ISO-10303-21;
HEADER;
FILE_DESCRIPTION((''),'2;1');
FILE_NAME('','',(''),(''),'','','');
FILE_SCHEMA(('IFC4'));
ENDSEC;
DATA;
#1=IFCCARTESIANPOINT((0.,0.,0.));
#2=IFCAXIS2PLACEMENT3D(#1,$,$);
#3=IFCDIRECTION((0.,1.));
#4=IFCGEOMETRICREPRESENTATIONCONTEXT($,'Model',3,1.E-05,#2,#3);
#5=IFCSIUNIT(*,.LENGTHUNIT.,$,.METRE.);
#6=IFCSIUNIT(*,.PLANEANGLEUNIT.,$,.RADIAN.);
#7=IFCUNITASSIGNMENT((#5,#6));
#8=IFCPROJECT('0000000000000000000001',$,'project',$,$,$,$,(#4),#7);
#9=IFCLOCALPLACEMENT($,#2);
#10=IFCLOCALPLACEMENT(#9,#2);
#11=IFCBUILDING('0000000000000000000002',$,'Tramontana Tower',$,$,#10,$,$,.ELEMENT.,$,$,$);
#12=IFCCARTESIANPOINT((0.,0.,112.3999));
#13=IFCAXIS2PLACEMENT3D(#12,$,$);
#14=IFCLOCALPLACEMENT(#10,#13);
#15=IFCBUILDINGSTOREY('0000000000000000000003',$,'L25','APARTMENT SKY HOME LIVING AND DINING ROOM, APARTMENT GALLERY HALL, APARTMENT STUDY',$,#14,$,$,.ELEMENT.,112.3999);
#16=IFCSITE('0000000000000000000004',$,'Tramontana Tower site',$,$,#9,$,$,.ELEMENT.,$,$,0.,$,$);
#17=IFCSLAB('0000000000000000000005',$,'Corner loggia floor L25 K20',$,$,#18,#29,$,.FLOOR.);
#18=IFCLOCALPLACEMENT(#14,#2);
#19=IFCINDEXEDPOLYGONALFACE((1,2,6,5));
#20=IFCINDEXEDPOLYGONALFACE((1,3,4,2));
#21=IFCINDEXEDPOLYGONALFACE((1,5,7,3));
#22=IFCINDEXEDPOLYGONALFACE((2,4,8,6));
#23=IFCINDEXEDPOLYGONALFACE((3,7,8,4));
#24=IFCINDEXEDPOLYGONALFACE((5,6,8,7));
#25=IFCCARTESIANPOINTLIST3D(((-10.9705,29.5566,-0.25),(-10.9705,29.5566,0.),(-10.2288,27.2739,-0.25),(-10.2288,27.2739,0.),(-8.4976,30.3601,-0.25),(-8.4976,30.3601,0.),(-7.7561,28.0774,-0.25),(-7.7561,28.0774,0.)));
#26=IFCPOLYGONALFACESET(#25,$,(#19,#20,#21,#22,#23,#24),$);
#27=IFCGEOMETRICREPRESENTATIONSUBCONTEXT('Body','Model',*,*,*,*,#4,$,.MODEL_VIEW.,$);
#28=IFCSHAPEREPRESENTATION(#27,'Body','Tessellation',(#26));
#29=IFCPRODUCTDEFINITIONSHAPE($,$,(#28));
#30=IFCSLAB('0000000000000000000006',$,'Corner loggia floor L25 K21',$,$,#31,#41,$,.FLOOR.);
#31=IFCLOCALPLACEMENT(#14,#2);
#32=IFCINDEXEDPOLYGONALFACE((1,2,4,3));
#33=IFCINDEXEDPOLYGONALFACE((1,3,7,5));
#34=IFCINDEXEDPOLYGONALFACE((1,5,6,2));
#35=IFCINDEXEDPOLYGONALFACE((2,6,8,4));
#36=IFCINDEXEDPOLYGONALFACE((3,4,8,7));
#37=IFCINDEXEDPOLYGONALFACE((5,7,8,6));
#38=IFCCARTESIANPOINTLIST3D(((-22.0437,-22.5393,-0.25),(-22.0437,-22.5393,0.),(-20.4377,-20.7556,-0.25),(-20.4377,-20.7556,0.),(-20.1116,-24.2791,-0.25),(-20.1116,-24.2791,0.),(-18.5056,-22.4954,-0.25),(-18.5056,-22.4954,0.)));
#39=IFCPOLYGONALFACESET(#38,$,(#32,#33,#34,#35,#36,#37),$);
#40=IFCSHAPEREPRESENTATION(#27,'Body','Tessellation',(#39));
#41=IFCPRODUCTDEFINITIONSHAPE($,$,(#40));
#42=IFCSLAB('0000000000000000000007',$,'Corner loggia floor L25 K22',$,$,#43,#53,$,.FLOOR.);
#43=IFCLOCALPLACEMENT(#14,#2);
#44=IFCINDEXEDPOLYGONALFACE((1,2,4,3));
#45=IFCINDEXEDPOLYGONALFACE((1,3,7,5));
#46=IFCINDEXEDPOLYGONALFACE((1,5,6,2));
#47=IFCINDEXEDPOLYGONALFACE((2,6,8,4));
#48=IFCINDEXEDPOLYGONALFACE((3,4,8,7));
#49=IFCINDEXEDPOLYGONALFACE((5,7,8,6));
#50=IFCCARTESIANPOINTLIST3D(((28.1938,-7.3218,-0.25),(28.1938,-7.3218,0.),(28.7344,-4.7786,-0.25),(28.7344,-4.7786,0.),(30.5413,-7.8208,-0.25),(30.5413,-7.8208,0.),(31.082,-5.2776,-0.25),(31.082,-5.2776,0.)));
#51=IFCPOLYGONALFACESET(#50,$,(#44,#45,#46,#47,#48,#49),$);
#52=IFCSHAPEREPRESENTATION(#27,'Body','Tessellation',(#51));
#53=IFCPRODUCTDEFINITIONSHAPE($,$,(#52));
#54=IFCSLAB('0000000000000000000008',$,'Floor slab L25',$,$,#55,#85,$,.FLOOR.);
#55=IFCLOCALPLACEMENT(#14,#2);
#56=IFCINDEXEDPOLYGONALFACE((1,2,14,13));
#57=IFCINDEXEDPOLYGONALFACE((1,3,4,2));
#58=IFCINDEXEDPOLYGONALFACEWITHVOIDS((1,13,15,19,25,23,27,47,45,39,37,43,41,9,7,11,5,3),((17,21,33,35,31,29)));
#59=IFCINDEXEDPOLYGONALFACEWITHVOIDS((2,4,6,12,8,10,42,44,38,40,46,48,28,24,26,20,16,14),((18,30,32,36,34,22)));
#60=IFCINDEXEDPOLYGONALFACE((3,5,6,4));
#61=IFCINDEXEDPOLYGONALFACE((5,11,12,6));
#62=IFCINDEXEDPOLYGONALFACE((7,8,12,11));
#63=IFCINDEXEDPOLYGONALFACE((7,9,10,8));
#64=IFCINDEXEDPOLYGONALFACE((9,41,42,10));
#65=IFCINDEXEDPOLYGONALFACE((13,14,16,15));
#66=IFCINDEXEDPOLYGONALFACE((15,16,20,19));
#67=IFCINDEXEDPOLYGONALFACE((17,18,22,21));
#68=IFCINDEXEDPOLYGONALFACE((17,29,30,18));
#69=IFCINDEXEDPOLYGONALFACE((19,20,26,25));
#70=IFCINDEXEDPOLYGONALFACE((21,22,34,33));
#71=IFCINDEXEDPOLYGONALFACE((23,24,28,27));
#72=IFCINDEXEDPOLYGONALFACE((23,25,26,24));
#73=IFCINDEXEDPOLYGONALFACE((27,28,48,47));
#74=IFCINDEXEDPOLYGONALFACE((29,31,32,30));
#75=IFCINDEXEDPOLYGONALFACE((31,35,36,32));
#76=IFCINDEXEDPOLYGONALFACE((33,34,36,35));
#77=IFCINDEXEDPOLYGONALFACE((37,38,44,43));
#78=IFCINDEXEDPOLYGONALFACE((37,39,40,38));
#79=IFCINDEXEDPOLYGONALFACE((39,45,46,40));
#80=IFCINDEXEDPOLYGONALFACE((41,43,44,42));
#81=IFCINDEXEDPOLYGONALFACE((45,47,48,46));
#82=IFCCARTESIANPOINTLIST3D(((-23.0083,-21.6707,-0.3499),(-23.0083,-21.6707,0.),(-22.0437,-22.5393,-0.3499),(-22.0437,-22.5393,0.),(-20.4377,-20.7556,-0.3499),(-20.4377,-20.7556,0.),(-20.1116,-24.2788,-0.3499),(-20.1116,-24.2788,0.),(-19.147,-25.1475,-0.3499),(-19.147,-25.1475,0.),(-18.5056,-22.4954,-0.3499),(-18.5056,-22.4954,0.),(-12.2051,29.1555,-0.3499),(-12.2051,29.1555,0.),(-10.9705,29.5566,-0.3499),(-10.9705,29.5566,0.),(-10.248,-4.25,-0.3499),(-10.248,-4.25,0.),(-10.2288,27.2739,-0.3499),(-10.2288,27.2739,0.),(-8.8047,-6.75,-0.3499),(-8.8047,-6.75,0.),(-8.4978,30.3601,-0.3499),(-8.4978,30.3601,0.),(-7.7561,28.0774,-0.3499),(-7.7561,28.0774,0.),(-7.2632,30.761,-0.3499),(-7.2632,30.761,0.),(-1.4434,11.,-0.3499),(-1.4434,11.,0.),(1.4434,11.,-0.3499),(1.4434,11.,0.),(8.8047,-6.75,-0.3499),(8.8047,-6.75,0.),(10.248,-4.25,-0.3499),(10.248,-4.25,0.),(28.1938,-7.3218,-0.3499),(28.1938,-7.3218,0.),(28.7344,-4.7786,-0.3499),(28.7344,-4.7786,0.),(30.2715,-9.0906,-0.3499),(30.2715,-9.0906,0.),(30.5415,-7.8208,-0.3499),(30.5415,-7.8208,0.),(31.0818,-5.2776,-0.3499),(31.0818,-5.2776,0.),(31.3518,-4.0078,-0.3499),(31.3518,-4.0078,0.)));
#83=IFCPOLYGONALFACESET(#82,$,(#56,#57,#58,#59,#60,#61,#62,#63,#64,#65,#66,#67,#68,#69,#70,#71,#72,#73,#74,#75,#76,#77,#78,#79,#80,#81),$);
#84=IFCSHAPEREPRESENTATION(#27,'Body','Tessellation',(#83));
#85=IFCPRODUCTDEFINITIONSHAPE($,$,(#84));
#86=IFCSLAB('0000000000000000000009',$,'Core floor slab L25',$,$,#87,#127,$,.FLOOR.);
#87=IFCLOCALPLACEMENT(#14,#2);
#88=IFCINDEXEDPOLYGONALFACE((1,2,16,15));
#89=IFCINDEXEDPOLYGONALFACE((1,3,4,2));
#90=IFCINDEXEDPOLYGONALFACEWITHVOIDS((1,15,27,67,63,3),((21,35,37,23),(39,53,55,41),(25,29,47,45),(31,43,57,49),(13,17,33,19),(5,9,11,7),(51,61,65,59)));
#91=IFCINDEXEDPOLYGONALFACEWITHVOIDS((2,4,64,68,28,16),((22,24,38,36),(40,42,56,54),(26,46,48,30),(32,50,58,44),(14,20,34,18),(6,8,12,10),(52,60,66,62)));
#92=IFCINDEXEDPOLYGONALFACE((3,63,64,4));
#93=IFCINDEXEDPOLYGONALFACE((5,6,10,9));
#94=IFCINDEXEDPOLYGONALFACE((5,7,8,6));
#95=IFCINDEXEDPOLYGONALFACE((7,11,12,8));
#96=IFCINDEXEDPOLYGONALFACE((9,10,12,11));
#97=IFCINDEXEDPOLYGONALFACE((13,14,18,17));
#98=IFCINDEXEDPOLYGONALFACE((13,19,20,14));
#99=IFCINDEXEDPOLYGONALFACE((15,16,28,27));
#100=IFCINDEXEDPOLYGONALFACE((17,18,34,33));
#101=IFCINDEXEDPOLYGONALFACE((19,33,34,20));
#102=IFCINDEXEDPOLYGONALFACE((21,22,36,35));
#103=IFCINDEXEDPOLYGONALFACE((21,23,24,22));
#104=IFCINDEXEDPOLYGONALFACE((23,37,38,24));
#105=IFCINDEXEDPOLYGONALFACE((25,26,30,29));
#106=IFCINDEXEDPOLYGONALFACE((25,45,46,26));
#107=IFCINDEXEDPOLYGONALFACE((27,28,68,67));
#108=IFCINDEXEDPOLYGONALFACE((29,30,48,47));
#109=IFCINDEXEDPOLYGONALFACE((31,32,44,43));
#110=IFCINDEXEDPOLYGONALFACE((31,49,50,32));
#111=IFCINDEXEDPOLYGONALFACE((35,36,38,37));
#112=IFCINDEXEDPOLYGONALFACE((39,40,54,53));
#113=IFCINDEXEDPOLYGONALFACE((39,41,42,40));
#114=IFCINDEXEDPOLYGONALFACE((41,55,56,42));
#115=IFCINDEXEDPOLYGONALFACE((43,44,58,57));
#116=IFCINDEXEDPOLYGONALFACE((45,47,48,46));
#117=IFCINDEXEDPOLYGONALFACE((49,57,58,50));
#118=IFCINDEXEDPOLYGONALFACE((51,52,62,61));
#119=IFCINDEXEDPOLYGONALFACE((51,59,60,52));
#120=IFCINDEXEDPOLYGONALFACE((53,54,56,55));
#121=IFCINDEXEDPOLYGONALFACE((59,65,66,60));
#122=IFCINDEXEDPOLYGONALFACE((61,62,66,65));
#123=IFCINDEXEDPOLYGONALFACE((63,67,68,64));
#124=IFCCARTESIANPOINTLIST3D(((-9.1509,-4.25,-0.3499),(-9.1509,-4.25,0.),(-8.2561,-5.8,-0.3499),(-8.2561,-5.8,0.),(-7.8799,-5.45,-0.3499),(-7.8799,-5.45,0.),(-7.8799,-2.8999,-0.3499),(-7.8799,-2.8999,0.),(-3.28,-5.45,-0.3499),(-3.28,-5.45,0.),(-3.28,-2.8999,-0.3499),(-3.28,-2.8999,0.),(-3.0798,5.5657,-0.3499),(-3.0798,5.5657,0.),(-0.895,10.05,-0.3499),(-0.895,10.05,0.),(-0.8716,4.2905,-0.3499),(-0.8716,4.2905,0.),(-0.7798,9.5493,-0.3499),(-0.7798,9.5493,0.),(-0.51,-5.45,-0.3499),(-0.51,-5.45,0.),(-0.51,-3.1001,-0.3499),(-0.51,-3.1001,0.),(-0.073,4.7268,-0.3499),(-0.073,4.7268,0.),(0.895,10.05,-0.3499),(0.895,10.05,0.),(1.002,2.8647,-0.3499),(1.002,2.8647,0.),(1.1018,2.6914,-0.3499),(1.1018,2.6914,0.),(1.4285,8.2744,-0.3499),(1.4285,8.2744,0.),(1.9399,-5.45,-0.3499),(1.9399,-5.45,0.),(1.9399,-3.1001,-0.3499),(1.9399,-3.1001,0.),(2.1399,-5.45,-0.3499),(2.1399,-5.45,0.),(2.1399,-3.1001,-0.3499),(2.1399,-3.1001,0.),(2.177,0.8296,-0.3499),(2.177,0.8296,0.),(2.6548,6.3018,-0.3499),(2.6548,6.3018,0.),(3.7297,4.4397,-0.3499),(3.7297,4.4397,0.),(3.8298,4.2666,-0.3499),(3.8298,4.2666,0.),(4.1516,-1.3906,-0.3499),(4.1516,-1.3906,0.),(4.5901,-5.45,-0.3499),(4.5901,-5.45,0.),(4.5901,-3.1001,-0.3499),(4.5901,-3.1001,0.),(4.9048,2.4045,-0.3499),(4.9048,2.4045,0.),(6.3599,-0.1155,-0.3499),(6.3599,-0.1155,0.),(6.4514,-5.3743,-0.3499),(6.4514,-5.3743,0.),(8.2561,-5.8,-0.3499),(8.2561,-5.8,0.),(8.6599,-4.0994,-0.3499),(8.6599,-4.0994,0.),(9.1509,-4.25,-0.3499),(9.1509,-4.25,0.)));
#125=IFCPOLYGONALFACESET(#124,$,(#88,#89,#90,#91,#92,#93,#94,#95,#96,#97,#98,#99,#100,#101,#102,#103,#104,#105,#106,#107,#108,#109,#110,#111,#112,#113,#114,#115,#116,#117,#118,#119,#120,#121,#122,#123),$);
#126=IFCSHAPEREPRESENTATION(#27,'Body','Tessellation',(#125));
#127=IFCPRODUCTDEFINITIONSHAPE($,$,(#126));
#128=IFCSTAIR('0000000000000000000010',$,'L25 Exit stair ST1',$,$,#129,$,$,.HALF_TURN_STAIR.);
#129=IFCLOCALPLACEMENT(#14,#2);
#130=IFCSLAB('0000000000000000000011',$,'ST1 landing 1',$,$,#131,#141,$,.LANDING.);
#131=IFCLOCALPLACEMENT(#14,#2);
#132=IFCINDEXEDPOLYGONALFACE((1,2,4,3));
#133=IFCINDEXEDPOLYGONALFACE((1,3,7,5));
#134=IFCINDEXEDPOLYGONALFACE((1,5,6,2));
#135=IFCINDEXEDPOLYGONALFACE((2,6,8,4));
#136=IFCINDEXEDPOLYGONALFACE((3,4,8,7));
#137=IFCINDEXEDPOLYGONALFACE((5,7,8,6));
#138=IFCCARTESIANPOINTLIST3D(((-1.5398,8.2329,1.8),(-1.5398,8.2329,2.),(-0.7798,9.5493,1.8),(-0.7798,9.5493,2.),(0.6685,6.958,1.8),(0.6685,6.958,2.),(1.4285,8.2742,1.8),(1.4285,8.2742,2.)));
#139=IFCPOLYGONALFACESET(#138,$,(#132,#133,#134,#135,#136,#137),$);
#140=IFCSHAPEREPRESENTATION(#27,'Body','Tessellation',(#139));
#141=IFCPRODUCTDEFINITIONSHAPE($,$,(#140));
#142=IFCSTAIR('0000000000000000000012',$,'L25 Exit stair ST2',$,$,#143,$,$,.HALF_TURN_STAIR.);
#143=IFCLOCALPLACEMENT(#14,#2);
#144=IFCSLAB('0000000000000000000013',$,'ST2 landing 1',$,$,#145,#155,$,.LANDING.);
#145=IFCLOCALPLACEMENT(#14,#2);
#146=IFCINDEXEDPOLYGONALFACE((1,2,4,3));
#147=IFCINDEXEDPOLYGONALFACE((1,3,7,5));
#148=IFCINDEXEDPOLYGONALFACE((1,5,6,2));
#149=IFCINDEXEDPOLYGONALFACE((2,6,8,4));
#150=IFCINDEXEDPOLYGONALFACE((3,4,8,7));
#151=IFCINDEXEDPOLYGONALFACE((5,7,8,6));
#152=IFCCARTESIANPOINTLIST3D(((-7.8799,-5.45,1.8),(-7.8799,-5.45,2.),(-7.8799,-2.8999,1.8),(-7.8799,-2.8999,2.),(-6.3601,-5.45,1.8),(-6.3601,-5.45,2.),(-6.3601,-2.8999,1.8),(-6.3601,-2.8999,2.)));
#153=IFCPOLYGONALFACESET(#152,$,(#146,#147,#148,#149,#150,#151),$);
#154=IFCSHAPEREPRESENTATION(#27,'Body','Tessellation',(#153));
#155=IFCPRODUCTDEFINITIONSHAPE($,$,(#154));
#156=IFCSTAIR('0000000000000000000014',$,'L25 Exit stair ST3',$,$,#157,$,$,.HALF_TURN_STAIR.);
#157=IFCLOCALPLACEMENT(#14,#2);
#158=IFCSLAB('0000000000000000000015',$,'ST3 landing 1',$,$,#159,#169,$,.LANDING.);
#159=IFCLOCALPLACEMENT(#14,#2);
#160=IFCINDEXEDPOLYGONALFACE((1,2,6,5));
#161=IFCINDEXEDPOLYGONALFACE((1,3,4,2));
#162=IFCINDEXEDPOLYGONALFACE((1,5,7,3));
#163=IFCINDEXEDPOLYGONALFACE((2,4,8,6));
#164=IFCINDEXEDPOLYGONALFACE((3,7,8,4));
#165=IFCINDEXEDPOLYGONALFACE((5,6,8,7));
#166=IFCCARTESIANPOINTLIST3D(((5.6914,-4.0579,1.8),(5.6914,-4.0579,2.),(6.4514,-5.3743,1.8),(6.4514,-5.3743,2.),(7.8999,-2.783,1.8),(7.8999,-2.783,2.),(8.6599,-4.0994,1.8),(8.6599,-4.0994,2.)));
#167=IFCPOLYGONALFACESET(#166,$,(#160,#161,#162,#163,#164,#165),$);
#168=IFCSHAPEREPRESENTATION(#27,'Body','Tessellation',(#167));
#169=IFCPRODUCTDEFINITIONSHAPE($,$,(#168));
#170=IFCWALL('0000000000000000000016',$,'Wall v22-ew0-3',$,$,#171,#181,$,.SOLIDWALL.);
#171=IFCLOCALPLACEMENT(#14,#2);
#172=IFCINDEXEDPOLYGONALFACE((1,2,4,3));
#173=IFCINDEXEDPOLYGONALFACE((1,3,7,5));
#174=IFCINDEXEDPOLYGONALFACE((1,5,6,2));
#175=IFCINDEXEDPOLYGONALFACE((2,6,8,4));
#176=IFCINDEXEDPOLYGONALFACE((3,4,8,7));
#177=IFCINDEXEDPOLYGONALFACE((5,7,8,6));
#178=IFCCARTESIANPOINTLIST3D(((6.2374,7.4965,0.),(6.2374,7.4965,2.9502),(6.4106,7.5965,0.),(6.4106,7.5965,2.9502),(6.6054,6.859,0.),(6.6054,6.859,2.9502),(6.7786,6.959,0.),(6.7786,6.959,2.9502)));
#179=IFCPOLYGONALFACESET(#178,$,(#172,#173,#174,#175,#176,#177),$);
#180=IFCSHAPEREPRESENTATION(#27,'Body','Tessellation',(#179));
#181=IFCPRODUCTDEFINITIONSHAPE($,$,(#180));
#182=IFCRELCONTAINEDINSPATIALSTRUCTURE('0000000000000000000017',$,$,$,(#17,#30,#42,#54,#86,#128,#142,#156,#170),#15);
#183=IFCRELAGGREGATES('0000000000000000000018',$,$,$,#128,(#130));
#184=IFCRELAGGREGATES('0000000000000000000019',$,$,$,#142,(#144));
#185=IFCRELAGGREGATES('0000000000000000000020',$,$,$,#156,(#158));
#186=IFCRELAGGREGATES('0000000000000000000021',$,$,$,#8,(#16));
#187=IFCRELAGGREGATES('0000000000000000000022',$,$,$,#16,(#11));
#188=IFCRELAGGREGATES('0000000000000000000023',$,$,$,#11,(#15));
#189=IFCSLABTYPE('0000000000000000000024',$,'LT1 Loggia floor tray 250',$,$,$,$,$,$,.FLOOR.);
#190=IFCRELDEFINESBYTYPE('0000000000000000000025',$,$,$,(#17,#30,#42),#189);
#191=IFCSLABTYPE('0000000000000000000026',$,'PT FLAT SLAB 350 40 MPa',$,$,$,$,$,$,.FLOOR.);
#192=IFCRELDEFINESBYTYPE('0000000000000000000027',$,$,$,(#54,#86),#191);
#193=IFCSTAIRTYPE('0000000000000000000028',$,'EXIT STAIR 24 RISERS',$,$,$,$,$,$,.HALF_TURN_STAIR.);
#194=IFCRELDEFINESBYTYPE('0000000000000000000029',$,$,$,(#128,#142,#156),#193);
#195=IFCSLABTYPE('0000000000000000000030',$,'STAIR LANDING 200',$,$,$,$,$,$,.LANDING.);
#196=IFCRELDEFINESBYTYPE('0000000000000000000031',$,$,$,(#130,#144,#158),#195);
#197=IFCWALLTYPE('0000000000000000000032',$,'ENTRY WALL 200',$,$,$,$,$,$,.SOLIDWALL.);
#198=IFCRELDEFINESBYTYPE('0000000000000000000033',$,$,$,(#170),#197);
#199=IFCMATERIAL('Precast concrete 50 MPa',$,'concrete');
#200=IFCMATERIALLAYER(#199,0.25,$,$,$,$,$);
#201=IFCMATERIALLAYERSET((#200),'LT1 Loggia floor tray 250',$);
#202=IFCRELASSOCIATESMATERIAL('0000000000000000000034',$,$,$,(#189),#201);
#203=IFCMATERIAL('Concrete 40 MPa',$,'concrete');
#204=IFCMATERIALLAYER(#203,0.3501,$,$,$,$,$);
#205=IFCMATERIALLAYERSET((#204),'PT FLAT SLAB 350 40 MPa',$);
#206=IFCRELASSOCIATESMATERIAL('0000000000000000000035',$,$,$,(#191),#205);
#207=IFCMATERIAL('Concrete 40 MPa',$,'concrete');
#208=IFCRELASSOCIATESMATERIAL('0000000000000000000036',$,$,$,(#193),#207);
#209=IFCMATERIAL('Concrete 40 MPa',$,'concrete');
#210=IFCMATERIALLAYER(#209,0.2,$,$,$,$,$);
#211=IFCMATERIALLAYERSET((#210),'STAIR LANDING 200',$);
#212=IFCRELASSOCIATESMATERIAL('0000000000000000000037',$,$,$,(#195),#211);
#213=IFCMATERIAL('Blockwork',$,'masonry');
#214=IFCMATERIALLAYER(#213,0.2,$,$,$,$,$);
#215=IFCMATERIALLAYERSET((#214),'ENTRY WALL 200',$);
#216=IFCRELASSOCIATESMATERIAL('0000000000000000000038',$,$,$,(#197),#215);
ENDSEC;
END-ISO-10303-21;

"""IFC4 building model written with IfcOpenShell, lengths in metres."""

from ifc_helpers import new_model, si_unit, direction, frame, frame_2d, origin, place, context, subcontext, project, spatial, polyline, rectangle, outline, extrude, material, layer, layer_set, type_object, element, aggregate, save


model = new_model("IFC4")

# Units and contexts
model_context = context("Model", 3, precision=1e-05, world=origin(), true_north=direction((0.0, 1.0)))
body_context = subcontext(model_context, "Body", "Model", "MODEL_VIEW")
ifc_project = project(units=[si_unit("LENGTHUNIT", "METRE"), si_unit("PLANEANGLEUNIT", "RADIAN")], contexts=[model_context])

# Site, building, storey
site_placement = place(None, origin())
site = spatial("IfcSite", under=ifc_project, at=site_placement, Name="Tramontana Tower site", CompositionType="ELEMENT", RefElevation=0.0)
building_placement = place(site_placement, origin())
building = spatial("IfcBuilding", under=site, at=building_placement, Name="Tramontana Tower", CompositionType="ELEMENT")
storey_placement = place(building_placement, frame((0.0, 0.0, 112.3999)))
storey = spatial("IfcBuildingStorey", under=building, at=storey_placement, Name="L25", Description="APARTMENT SKY HOME LIVING AND DINING ROOM, APARTMENT GALLERY HALL, APARTMENT STUDY", CompositionType="ELEMENT", Elevation=112.3999)

# Slabs
ifc_material_1 = material(Name="Precast concrete 50 MPa", Category="concrete")
ifc_layer_1 = layer(ifc_material_1, 0.25)
ifc_layer_set_1 = layer_set([ifc_layer_1], Name="LT1 Loggia floor tray 250")
slab_type_1 = type_object("IfcSlabType", Name="LT1 Loggia floor tray 250", PredefinedType="FLOOR", material=ifc_layer_set_1)
slab_1_placement = place(storey_placement, frame((0.0, 0.0, -0.25)))
element("IfcSlab", 1, at=slab_1_placement, inside=storey, type_object=slab_type_1, Name="Corner loggia floor L25 K20", PredefinedType="FLOOR", context=body_context, shape_type="SweptSolid", body=[
    extrude(outline(polyline([(-8.4976, 30.3601), (-7.7561, 28.0774), (-10.2288, 27.2739), (-10.9705, 29.5566), (-8.4976, 30.3601)])), origin(), (0.0, 0.0, 1.0), 0.25),
])
slab_2_placement = place(storey_placement, frame((0.0, 0.0, -0.25)))
element("IfcSlab", 2, at=slab_2_placement, inside=storey, type_object=slab_type_1, Name="Corner loggia floor L25 K21", PredefinedType="FLOOR", context=body_context, shape_type="SweptSolid", body=[
    extrude(outline(polyline([(-22.0437, -22.5393), (-20.4377, -20.7556), (-18.5056, -22.4954), (-20.1116, -24.2791), (-22.0437, -22.5393)])), origin(), (0.0, 0.0, 1.0), 0.25),
])
slab_3_placement = place(storey_placement, frame((0.0, 0.0, -0.25)))
element("IfcSlab", 3, at=slab_3_placement, inside=storey, type_object=slab_type_1, Name="Corner loggia floor L25 K22", PredefinedType="FLOOR", context=body_context, shape_type="SweptSolid", body=[
    extrude(outline(polyline([(30.5413, -7.8208), (28.1938, -7.3218), (28.7344, -4.7786), (31.082, -5.2776), (30.5413, -7.8208)])), origin(), (0.0, 0.0, 1.0), 0.25),
])
ifc_material_2 = material(Name="Concrete 40 MPa", Category="concrete")
ifc_layer_2 = layer(ifc_material_2, 0.3501)
ifc_layer_set_2 = layer_set([ifc_layer_2], Name="PT FLAT SLAB 350 40 MPa")
slab_type_2 = type_object("IfcSlabType", Name="PT FLAT SLAB 350 40 MPa", PredefinedType="FLOOR", material=ifc_layer_set_2)
slab_4_placement = place(storey_placement, frame((0.0, 0.0, -0.3499)))
element("IfcSlab", 4, at=slab_4_placement, inside=storey, type_object=slab_type_2, Name="Floor slab L25", PredefinedType="FLOOR", context=body_context, shape_type="SweptSolid", body=[
    extrude(outline(polyline([(31.0818, -5.2776), (28.7344, -4.7786), (28.1938, -7.3218), (30.5415, -7.8208), (30.2715, -9.0906), (-19.147, -25.1475), (-20.1116, -24.2788), (-18.5056, -22.4954), (-20.4377, -20.7556), (-22.0437, -22.5393), (-23.0083, -21.6707), (-12.2051, 29.1555), (-10.9705, 29.5566), (-10.2288, 27.2739), (-7.7561, 28.0774), (-8.4978, 30.3601), (-7.2632, 30.761), (31.3518, -4.0078), (31.0818, -5.2776)]), holes=[polyline([(-10.248, -4.25), (-8.8047, -6.75), (8.8047, -6.75), (10.248, -4.25), (1.4434, 11.0), (-1.4434, 11.0), (-10.248, -4.25)])]), origin(), (0.0, 0.0, 1.0), 0.3499),
])
slab_5_placement = place(storey_placement, frame((0.0, 0.0, -0.3499)))
element("IfcSlab", 5, at=slab_5_placement, inside=storey, type_object=slab_type_2, Name="Core floor slab L25", PredefinedType="FLOOR", context=body_context, shape_type="SweptSolid", body=[
    extrude(outline(polyline([(9.1509, -4.25), (8.2561, -5.8), (-8.2561, -5.8), (-9.1509, -4.25), (-0.895, 10.05), (0.895, 10.05), (9.1509, -4.25)]), holes=[polyline([(8.6599, -4.0994), (6.3599, -0.1155), (4.1516, -1.3906), (6.4514, -5.3743), (8.6599, -4.0994)]), polyline([(3.8298, 4.2666), (1.1018, 2.6914), (2.177, 0.8296), (4.9048, 2.4045), (3.8298, 4.2666)]), polyline([(4.5901, -3.1001), (2.1399, -3.1001), (2.1399, -5.45), (4.5901, -5.45), (4.5901, -3.1001)]), polyline([(2.6548, 6.3018), (-0.073, 4.7268), (1.002, 2.8647), (3.7297, 4.4397), (2.6548, 6.3018)]), polyline([(1.9399, -5.45), (1.9399, -3.1001), (-0.51, -3.1001), (-0.51, -5.45), (1.9399, -5.45)]), polyline([(-0.7798, 9.5493), (-3.0798, 5.5657), (-0.8716, 4.2905), (1.4285, 8.2744), (-0.7798, 9.5493)]), polyline([(-7.8799, -5.45), (-3.28, -5.45), (-3.28, -2.8999), (-7.8799, -2.8999), (-7.8799, -5.45)])]), origin(), (0.0, 0.0, 1.0), 0.3499),
])

# Stairs, slabs
ifc_material_3 = material(Name="Concrete 40 MPa", Category="concrete")
stair_type = type_object("IfcStairType", Name="EXIT STAIR 24 RISERS", PredefinedType="HALF_TURN_STAIR", material=ifc_material_3)
stair_1_placement = place(storey_placement, origin())
stair_1 = element("IfcStair", 6, at=stair_1_placement, inside=storey, type_object=stair_type, Name="L25 Exit stair ST1", PredefinedType="HALF_TURN_STAIR")
ifc_material_4 = material(Name="Concrete 40 MPa", Category="concrete")
ifc_layer_3 = layer(ifc_material_4, 0.2)
ifc_layer_set_3 = layer_set([ifc_layer_3], Name="STAIR LANDING 200")
slab_type_3 = type_object("IfcSlabType", Name="STAIR LANDING 200", PredefinedType="LANDING", material=ifc_layer_set_3)
slab_6_placement = place(storey_placement, frame((0.0, 0.0, 1.8)))
slab_6 = element("IfcSlab", 7, at=slab_6_placement, type_object=slab_type_3, Name="ST1 landing 1", PredefinedType="LANDING", context=body_context, shape_type="SweptSolid", body=[
    extrude(outline(polyline([(0.6685, 6.958), (1.4285, 8.2742), (-0.7798, 9.5493), (-1.5398, 8.2329), (0.6685, 6.958)])), origin(), (0.0, 0.0, 1.0), 0.2),
])
aggregate(stair_1, [slab_6])
stair_2_placement = place(storey_placement, origin())
stair_2 = element("IfcStair", 8, at=stair_2_placement, inside=storey, type_object=stair_type, Name="L25 Exit stair ST2", PredefinedType="HALF_TURN_STAIR")
slab_7_placement = place(storey_placement, frame((0.0, 0.0, 1.8)))
slab_7 = element("IfcSlab", 9, at=slab_7_placement, type_object=slab_type_3, Name="ST2 landing 1", PredefinedType="LANDING", context=body_context, shape_type="SweptSolid", body=[
    extrude(outline(polyline([(-6.3601, -2.8999), (-7.8799, -2.8999), (-7.8799, -5.45), (-6.3601, -5.45), (-6.3601, -2.8999)])), origin(), (0.0, 0.0, 1.0), 0.2),
])
aggregate(stair_2, [slab_7])
stair_3_placement = place(storey_placement, origin())
stair_3 = element("IfcStair", 10, at=stair_3_placement, inside=storey, type_object=stair_type, Name="L25 Exit stair ST3", PredefinedType="HALF_TURN_STAIR")
slab_8_placement = place(storey_placement, frame((0.0, 0.0, 1.8)))
slab_8 = element("IfcSlab", 11, at=slab_8_placement, type_object=slab_type_3, Name="ST3 landing 1", PredefinedType="LANDING", context=body_context, shape_type="SweptSolid", body=[
    extrude(outline(polyline([(5.6914, -4.0579), (6.4514, -5.3743), (8.6599, -4.0994), (7.8999, -2.783), (5.6914, -4.0579)])), origin(), (0.0, 0.0, 1.0), 0.2),
])

# Wall
ifc_material_5 = material(Name="Blockwork", Category="masonry")
ifc_layer_4 = layer(ifc_material_5, 0.2)
ifc_layer_set_4 = layer_set([ifc_layer_4], Name="ENTRY WALL 200")
wall_type_1 = type_object("IfcWallType", Name="ENTRY WALL 200", PredefinedType="SOLIDWALL", material=ifc_layer_set_4)
wall_1_placement = place(storey_placement, frame((6.324, 7.5466, 0.0), z_axis=(0.0, 0.0, 1.0), x_axis=(0.499885, -0.866092, 0.0)))
element("IfcWall", 12, at=wall_1_placement, inside=storey, type_object=wall_type_1, Name="Wall v22-ew0-3", PredefinedType="SOLIDWALL", context=body_context, shape_type="SweptSolid", body=[
    extrude(rectangle(XDim=0.7361, YDim=0.2, at=frame_2d((0.3682, 0.0))), origin(), (0.0, 0.0, 1.0), 2.9502),
])

aggregate(stair_3, [slab_8])

save(model, "model.ifc")
